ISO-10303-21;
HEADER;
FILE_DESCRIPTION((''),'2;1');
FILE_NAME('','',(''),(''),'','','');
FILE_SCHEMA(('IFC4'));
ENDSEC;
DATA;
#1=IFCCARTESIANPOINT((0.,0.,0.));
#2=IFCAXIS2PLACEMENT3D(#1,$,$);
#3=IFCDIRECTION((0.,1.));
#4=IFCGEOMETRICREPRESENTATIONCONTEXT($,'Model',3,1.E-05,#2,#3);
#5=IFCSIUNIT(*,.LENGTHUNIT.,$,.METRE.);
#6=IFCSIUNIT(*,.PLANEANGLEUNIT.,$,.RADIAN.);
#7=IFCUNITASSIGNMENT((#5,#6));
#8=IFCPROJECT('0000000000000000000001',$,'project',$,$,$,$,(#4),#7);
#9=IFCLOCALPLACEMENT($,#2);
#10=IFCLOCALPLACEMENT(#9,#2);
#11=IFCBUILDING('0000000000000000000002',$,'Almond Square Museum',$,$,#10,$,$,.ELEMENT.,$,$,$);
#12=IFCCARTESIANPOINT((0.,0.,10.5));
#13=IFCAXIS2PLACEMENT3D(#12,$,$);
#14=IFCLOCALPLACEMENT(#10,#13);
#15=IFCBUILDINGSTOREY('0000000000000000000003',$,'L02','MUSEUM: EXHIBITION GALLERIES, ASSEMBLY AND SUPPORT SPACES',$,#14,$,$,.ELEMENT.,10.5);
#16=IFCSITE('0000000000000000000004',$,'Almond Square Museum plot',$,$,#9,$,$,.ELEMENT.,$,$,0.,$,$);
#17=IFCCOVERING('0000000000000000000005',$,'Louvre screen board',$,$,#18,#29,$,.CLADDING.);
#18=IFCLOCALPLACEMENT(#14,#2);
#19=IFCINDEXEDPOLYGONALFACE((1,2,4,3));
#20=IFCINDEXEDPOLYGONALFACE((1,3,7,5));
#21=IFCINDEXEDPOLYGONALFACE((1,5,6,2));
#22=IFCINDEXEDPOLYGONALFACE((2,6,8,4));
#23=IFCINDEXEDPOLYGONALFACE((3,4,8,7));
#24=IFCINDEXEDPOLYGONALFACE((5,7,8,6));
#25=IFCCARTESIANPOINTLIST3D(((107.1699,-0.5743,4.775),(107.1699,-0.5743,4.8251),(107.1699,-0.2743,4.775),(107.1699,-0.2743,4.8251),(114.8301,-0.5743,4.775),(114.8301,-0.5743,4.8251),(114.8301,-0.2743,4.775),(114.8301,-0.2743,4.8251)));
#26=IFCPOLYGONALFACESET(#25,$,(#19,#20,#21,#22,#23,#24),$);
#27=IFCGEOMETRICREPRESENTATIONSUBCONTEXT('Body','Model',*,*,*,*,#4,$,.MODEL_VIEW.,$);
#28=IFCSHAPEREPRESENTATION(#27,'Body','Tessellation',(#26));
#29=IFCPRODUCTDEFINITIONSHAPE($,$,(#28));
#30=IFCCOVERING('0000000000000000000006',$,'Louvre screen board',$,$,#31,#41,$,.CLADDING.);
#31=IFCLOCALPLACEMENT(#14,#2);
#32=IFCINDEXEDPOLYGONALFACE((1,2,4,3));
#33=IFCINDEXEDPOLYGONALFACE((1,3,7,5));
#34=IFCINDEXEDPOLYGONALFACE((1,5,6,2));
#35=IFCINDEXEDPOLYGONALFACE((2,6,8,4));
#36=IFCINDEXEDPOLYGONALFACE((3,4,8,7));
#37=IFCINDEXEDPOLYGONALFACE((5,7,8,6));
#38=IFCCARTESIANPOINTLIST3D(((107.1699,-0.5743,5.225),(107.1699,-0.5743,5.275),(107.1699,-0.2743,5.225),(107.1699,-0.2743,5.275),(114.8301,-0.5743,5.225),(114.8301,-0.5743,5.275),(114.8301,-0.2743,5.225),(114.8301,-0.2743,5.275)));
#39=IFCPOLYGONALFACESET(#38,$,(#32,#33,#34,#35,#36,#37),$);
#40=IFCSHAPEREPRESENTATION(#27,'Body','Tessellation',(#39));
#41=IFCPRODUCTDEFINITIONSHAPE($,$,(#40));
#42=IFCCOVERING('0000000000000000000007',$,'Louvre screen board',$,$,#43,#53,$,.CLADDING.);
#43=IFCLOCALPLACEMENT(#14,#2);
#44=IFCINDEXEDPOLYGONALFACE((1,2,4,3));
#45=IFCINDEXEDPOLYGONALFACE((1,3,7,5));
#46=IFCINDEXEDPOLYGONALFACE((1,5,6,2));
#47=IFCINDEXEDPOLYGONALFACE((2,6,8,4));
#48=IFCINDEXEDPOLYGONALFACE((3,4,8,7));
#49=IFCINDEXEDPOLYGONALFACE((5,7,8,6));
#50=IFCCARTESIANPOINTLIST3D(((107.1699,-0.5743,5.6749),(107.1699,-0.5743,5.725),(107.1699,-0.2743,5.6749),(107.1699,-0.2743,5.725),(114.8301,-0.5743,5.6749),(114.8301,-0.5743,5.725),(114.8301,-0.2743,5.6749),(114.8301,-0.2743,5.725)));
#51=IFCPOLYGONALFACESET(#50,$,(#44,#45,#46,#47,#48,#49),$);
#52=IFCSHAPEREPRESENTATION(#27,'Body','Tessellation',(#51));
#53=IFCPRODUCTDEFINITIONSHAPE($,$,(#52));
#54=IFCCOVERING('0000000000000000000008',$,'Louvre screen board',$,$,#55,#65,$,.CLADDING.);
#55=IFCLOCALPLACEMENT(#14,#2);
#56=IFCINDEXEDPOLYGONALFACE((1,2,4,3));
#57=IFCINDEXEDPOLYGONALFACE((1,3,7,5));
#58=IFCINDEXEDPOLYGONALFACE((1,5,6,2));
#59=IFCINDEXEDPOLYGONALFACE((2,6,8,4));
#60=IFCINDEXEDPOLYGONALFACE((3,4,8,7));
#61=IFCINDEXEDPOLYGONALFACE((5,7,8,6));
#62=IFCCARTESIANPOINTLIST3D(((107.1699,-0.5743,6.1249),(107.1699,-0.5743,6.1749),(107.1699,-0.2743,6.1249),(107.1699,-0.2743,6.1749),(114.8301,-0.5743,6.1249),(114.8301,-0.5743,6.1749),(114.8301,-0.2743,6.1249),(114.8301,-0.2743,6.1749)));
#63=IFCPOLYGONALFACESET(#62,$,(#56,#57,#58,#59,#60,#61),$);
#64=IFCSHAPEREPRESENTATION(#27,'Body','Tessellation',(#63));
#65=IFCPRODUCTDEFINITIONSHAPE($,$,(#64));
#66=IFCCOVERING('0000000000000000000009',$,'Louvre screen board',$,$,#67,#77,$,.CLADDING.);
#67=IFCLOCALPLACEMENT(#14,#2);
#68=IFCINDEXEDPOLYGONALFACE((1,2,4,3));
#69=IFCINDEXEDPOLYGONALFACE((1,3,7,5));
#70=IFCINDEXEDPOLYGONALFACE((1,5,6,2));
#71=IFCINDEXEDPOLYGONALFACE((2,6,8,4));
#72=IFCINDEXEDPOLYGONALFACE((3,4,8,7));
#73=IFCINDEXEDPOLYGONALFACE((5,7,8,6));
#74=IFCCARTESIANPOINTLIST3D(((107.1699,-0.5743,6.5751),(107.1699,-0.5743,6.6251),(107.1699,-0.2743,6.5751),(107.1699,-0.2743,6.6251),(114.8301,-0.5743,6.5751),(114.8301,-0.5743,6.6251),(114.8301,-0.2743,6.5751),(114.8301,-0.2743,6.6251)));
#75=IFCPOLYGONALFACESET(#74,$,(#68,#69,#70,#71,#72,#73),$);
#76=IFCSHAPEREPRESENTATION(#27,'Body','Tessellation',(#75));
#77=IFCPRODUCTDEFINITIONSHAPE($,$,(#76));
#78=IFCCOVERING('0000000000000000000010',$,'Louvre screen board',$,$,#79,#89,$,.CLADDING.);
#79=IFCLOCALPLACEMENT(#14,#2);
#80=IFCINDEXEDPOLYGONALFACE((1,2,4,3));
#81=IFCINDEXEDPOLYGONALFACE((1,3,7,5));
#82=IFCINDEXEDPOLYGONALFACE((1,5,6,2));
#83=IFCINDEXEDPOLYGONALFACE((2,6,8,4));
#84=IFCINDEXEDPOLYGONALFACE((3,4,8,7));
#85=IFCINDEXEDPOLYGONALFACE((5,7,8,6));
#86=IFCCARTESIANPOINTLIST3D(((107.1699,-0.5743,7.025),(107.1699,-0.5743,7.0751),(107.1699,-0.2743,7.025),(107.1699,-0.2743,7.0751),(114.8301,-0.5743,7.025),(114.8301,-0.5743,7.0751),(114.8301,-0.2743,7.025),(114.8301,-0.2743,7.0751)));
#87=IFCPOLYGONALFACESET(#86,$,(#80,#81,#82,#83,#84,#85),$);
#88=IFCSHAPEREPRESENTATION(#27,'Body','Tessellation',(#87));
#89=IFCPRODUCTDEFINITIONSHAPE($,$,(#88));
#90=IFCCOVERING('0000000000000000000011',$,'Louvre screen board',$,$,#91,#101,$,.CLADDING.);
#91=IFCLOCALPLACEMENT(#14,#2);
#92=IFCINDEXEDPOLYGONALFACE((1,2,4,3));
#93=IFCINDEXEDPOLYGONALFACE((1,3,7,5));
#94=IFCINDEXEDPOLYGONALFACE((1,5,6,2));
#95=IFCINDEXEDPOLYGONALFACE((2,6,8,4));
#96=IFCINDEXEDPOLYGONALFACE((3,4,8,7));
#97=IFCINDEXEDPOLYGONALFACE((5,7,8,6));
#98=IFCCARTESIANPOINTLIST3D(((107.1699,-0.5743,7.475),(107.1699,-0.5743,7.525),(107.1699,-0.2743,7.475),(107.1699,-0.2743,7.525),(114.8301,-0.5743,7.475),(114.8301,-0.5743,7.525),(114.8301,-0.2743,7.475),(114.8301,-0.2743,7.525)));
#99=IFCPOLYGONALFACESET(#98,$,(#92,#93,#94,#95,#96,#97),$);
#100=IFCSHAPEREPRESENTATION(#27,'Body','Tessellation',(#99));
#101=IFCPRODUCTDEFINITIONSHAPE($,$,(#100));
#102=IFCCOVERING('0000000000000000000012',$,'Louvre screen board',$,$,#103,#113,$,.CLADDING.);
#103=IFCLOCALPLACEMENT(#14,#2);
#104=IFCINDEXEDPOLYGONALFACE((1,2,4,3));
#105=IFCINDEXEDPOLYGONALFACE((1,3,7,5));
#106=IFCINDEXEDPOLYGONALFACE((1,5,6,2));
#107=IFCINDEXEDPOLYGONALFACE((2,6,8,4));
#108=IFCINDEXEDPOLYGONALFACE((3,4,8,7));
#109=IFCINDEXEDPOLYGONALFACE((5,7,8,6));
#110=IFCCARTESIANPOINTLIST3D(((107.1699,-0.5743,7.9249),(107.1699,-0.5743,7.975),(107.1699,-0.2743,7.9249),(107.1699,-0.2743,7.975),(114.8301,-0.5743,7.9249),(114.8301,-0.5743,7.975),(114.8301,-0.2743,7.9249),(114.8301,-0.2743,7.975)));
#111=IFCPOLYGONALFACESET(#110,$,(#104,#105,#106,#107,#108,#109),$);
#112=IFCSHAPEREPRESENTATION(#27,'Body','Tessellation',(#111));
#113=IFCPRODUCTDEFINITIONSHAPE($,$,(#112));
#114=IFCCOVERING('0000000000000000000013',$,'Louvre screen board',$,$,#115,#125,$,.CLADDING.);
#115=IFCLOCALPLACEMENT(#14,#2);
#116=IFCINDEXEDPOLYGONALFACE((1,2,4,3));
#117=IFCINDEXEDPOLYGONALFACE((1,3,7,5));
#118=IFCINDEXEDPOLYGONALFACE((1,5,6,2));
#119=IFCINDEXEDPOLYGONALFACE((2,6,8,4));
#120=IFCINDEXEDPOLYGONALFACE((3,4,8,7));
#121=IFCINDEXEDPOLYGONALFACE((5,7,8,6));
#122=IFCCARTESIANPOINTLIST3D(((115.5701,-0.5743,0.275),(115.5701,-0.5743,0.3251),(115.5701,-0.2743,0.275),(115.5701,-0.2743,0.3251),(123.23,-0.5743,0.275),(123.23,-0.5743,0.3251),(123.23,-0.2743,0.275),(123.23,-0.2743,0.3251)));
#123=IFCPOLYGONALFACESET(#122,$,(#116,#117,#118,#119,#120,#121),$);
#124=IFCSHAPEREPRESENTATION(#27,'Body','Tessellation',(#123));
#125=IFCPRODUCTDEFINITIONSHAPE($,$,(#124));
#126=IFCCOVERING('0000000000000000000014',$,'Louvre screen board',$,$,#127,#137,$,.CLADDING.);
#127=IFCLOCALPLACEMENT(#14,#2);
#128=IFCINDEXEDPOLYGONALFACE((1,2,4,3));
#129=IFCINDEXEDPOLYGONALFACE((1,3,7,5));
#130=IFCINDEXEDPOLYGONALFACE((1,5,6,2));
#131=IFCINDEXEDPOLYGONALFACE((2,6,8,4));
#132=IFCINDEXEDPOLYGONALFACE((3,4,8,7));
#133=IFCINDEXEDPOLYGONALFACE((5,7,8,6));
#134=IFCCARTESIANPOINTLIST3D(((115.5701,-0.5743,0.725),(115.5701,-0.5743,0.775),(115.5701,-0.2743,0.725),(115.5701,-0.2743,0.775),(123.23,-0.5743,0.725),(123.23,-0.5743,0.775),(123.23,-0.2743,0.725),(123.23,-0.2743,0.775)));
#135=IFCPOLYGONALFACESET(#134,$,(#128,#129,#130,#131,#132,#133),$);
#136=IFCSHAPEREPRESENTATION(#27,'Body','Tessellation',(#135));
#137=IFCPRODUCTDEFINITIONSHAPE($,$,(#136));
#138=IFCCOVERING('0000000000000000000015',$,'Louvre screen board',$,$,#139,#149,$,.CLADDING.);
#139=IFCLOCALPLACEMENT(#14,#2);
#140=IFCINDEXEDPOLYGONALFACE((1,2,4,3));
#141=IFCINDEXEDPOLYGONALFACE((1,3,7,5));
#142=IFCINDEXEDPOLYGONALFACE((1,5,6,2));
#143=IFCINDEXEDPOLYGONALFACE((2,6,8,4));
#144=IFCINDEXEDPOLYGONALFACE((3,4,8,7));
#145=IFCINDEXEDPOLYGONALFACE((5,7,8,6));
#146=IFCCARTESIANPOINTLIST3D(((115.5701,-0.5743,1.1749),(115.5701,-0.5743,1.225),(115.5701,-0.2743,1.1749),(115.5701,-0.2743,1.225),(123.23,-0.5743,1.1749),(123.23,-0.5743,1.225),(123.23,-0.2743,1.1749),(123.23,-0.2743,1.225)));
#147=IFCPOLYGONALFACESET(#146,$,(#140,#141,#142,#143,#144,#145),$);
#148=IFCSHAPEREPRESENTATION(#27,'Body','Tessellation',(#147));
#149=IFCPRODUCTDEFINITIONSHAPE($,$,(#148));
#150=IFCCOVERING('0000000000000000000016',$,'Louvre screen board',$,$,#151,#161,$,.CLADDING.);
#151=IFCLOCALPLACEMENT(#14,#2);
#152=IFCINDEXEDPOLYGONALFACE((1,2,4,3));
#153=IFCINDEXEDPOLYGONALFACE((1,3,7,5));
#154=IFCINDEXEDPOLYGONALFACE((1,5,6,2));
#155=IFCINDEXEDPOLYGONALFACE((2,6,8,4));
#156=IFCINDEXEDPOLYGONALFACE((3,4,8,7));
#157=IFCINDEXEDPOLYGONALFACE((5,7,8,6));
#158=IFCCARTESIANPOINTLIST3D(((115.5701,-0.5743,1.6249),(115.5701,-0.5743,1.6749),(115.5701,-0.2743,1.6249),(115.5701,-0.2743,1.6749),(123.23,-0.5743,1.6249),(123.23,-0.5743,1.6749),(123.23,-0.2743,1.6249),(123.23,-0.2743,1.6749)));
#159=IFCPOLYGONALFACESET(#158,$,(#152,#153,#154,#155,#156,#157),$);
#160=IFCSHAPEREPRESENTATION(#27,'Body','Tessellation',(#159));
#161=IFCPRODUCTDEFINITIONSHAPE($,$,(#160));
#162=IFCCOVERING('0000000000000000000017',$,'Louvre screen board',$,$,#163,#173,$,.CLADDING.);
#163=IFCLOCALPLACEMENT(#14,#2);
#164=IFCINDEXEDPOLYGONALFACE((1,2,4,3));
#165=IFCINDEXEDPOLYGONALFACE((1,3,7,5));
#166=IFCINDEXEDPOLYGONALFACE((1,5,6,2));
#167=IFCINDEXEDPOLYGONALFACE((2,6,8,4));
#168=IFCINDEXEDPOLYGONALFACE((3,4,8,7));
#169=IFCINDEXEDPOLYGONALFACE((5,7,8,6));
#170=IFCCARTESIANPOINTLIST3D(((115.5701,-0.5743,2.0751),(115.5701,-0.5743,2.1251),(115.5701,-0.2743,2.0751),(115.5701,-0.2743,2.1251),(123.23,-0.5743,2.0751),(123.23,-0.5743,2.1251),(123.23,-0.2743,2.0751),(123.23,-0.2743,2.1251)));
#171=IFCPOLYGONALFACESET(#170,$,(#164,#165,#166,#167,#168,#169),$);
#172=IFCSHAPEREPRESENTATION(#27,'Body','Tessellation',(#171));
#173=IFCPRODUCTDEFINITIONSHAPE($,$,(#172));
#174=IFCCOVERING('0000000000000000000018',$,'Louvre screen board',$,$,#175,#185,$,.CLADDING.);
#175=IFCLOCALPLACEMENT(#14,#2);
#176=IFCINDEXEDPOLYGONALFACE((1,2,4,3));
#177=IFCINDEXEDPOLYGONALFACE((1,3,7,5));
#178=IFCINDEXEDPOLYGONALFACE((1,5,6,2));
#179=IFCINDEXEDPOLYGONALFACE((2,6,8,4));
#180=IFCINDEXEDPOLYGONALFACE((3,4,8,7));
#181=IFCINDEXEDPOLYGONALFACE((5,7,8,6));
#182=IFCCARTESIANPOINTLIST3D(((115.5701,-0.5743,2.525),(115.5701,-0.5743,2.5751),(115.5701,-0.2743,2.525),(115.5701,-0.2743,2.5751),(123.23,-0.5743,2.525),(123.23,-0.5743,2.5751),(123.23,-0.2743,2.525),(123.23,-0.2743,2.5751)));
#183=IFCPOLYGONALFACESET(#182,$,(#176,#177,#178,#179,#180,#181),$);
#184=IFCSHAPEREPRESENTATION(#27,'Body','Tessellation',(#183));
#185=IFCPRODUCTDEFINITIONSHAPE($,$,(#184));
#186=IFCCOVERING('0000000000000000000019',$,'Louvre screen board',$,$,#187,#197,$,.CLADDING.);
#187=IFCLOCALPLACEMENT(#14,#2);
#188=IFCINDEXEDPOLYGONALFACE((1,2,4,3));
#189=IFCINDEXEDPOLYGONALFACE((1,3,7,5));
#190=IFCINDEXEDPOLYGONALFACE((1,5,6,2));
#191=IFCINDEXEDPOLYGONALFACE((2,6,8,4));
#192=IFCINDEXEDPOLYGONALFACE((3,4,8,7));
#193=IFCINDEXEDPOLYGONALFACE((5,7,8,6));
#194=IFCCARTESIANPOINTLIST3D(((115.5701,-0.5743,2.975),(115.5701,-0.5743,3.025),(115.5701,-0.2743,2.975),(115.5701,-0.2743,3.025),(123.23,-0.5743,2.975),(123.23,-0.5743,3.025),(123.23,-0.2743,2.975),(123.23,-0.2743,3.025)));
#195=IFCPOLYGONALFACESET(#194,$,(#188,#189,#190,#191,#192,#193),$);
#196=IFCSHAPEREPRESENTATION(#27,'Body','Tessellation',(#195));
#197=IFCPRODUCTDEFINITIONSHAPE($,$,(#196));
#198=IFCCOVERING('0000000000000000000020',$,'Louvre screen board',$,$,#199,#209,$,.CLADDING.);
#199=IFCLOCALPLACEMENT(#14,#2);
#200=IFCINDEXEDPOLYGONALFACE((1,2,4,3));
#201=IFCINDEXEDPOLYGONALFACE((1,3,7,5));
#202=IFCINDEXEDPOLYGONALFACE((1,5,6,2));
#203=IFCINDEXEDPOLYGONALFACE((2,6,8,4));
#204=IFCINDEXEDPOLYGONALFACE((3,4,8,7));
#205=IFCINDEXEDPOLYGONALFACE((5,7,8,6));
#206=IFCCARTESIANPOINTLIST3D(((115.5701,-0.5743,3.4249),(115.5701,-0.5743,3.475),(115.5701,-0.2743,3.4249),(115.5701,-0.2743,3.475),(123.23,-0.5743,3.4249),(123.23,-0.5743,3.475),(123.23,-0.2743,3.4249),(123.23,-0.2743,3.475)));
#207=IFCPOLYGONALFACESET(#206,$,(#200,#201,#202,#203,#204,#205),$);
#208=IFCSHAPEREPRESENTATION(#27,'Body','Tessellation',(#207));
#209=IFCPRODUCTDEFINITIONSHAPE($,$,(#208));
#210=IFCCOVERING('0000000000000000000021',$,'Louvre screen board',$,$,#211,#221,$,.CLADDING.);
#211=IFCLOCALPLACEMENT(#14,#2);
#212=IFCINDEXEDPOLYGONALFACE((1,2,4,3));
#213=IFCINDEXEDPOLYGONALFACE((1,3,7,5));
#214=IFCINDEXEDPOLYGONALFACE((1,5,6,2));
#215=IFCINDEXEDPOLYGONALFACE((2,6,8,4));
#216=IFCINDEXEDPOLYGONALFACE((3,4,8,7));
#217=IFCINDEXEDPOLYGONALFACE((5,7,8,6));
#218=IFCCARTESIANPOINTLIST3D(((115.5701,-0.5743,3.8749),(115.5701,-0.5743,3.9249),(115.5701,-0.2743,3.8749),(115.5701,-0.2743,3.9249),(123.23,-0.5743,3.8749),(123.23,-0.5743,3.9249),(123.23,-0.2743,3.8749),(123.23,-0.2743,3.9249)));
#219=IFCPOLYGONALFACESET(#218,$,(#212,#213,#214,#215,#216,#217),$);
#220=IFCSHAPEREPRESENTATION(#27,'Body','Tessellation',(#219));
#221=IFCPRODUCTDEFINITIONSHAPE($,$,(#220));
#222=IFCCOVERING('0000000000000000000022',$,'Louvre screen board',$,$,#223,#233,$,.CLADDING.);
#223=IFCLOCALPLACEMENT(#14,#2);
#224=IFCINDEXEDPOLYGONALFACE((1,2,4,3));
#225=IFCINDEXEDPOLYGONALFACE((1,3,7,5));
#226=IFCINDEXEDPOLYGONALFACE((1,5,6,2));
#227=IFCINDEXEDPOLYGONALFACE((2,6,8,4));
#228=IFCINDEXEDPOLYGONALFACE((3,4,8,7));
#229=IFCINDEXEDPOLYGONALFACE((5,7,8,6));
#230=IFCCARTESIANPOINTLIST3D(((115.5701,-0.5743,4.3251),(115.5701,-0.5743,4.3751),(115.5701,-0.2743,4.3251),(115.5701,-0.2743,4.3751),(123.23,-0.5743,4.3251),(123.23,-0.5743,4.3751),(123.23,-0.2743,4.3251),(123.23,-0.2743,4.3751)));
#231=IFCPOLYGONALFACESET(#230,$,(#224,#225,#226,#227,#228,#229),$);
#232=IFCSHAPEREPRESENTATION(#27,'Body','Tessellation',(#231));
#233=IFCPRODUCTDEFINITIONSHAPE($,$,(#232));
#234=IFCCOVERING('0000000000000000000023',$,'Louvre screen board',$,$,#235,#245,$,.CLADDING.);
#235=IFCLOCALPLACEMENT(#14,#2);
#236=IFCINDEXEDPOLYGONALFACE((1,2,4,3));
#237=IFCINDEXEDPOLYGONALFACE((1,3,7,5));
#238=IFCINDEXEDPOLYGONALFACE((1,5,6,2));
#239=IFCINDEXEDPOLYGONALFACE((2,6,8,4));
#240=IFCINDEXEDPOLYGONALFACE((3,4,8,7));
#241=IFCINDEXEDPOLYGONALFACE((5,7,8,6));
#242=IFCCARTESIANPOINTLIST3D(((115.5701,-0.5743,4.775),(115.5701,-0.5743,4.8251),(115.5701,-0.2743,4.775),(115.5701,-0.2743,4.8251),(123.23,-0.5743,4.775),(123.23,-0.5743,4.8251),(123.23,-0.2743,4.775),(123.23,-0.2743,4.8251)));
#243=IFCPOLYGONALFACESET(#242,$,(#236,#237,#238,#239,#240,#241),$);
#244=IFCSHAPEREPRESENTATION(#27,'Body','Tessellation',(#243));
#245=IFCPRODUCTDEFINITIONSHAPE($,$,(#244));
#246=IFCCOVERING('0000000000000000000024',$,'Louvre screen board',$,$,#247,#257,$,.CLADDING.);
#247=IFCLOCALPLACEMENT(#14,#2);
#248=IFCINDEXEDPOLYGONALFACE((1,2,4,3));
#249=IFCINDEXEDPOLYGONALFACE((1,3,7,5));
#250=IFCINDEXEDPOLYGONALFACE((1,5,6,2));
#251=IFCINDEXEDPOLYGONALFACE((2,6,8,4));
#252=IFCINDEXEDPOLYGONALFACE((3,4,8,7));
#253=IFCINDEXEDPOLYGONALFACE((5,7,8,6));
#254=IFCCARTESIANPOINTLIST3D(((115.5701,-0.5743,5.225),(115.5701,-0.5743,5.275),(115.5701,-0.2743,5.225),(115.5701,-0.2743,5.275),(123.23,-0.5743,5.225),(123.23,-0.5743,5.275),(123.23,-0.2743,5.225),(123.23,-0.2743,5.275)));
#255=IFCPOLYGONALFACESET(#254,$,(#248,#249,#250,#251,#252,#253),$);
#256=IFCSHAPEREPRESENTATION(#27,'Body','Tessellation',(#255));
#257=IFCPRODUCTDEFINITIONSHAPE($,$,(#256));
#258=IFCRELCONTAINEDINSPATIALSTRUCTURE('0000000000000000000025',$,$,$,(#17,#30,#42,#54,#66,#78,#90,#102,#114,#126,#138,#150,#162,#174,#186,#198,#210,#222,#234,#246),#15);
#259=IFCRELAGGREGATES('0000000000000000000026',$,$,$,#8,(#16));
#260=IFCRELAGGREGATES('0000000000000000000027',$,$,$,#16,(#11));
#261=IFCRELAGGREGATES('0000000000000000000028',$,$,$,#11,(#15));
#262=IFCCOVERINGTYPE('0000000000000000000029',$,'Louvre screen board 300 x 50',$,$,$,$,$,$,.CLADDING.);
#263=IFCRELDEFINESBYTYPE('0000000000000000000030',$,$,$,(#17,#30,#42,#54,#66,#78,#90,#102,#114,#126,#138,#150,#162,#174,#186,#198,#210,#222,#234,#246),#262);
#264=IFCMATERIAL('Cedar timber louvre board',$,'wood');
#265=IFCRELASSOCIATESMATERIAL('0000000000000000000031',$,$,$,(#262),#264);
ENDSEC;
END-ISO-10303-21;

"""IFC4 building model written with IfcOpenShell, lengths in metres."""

from ifc_helpers import new_model, si_unit, direction, frame, origin, origin_2d, place, context, subcontext, project, spatial, rectangle, extrude, material, material_profile, profile_set, type_object, element, save


model = new_model("IFC4")

# Units and contexts
model_context = context("Model", 3, precision=1e-05, world=origin(), true_north=direction((0.0, 1.0)))
body_context = subcontext(model_context, "Body", "Model", "MODEL_VIEW")
ifc_project = project(units=[si_unit("LENGTHUNIT", "METRE"), si_unit("PLANEANGLEUNIT", "RADIAN")], contexts=[model_context])

# Site, building, storey
site_placement = place(None, origin())
site = spatial("IfcSite", under=ifc_project, at=site_placement, Name="Almond Square Museum plot", CompositionType="ELEMENT", RefElevation=0.0)
building_placement = place(site_placement, origin())
building = spatial("IfcBuilding", under=site, at=building_placement, Name="Almond Square Museum", CompositionType="ELEMENT")
storey_placement = place(building_placement, frame((0.0, 0.0, 10.5)))
storey = spatial("IfcBuildingStorey", under=building, at=storey_placement, Name="L02", Description="MUSEUM: EXHIBITION GALLERIES, ASSEMBLY AND SUPPORT SPACES", CompositionType="ELEMENT", Elevation=10.5)

# Coverings
ifc_material_1 = material(Name="Cedar timber louvre board", Category="wood")
ifc_material_profile_1 = material_profile(ifc_material_1, rectangle(XDim=0.3, YDim=0.05, at=origin_2d()))
ifc_profile_set_1 = profile_set([ifc_material_profile_1], Name="Cedar timber louvre board")
covering_type = type_object("IfcCoveringType", Name="Louvre screen board 300 x 50", PredefinedType="CLADDING", material=ifc_profile_set_1)
for number, where, z_axis, x_axis, name in (
    (1, (107.1699, -0.4243, 4.8), (1.0, 0.0, 0.0), (0.0, 1.0, 0.0), "Louvre screen board"),
    (2, (107.1699, -0.4243, 5.25), (1.0, 0.0, 0.0), (0.0, 1.0, 0.0), "Louvre screen board"),
    (3, (107.1699, -0.4243, 5.7), (1.0, 0.0, 0.0), (0.0, 1.0, 0.0), "Louvre screen board"),
    (4, (107.1699, -0.4243, 6.1499), (1.0, 0.0, 0.0), (0.0, 1.0, 0.0), "Louvre screen board"),
    (5, (107.1699, -0.4243, 6.6001), (1.0, 0.0, 0.0), (0.0, 1.0, 0.0), "Louvre screen board"),
    (6, (107.1699, -0.4243, 7.05), (1.0, 0.0, 0.0), (0.0, 1.0, 0.0), "Louvre screen board"),
    (7, (107.1699, -0.4243, 7.5), (1.0, 0.0, 0.0), (0.0, 1.0, 0.0), "Louvre screen board"),
    (8, (107.1699, -0.4243, 7.95), (1.0, 0.0, 0.0), (0.0, 1.0, 0.0), "Louvre screen board"),
):
    element("IfcCovering", number, at=place(storey_placement, frame(where, z_axis=z_axis, x_axis=x_axis)), inside=storey, type_object=covering_type, Name=name, PredefinedType="CLADDING", context=body_context, shape_type="SweptSolid", body=[
        extrude(rectangle(XDim=0.3, YDim=0.05, at=origin_2d()), origin(), (0.0, 0.0, 1.0), 7.6602),
    ])
for number, where, z_axis, x_axis, name in (
    (9, (115.5701, -0.4243, 0.3), (1.0, 0.0, 0.0), (0.0, 1.0, 0.0), "Louvre screen board"),
    (10, (115.5701, -0.4243, 0.75), (1.0, 0.0, 0.0), (0.0, 1.0, 0.0), "Louvre screen board"),
    (11, (115.5701, -0.4243, 1.2), (1.0, 0.0, 0.0), (0.0, 1.0, 0.0), "Louvre screen board"),
    (12, (115.5701, -0.4243, 1.6499), (1.0, 0.0, 0.0), (0.0, 1.0, 0.0), "Louvre screen board"),
    (13, (115.5701, -0.4243, 2.1001), (1.0, 0.0, 0.0), (0.0, 1.0, 0.0), "Louvre screen board"),
    (14, (115.5701, -0.4243, 2.55), (1.0, 0.0, 0.0), (0.0, 1.0, 0.0), "Louvre screen board"),
    (15, (115.5701, -0.4243, 3.0), (1.0, 0.0, 0.0), (0.0, 1.0, 0.0), "Louvre screen board"),
    (16, (115.5701, -0.4243, 3.45), (1.0, 0.0, 0.0), (0.0, 1.0, 0.0), "Louvre screen board"),
    (17, (115.5701, -0.4243, 3.8999), (1.0, 0.0, 0.0), (0.0, 1.0, 0.0), "Louvre screen board"),
    (18, (115.5701, -0.4243, 4.3501), (1.0, 0.0, 0.0), (0.0, 1.0, 0.0), "Louvre screen board"),
    (19, (115.5701, -0.4243, 4.8), (1.0, 0.0, 0.0), (0.0, 1.0, 0.0), "Louvre screen board"),
    (20, (115.5701, -0.4243, 5.25), (1.0, 0.0, 0.0), (0.0, 1.0, 0.0), "Louvre screen board"),
):
    element("IfcCovering", number, at=place(storey_placement, frame(where, z_axis=z_axis, x_axis=x_axis)), inside=storey, type_object=covering_type, Name=name, PredefinedType="CLADDING", context=body_context, shape_type="SweptSolid", body=[
        extrude(rectangle(XDim=0.3, YDim=0.05, at=origin_2d()), origin(), (0.0, 0.0, 1.0), 7.6599),
    ])

save(model, "model.ifc")
